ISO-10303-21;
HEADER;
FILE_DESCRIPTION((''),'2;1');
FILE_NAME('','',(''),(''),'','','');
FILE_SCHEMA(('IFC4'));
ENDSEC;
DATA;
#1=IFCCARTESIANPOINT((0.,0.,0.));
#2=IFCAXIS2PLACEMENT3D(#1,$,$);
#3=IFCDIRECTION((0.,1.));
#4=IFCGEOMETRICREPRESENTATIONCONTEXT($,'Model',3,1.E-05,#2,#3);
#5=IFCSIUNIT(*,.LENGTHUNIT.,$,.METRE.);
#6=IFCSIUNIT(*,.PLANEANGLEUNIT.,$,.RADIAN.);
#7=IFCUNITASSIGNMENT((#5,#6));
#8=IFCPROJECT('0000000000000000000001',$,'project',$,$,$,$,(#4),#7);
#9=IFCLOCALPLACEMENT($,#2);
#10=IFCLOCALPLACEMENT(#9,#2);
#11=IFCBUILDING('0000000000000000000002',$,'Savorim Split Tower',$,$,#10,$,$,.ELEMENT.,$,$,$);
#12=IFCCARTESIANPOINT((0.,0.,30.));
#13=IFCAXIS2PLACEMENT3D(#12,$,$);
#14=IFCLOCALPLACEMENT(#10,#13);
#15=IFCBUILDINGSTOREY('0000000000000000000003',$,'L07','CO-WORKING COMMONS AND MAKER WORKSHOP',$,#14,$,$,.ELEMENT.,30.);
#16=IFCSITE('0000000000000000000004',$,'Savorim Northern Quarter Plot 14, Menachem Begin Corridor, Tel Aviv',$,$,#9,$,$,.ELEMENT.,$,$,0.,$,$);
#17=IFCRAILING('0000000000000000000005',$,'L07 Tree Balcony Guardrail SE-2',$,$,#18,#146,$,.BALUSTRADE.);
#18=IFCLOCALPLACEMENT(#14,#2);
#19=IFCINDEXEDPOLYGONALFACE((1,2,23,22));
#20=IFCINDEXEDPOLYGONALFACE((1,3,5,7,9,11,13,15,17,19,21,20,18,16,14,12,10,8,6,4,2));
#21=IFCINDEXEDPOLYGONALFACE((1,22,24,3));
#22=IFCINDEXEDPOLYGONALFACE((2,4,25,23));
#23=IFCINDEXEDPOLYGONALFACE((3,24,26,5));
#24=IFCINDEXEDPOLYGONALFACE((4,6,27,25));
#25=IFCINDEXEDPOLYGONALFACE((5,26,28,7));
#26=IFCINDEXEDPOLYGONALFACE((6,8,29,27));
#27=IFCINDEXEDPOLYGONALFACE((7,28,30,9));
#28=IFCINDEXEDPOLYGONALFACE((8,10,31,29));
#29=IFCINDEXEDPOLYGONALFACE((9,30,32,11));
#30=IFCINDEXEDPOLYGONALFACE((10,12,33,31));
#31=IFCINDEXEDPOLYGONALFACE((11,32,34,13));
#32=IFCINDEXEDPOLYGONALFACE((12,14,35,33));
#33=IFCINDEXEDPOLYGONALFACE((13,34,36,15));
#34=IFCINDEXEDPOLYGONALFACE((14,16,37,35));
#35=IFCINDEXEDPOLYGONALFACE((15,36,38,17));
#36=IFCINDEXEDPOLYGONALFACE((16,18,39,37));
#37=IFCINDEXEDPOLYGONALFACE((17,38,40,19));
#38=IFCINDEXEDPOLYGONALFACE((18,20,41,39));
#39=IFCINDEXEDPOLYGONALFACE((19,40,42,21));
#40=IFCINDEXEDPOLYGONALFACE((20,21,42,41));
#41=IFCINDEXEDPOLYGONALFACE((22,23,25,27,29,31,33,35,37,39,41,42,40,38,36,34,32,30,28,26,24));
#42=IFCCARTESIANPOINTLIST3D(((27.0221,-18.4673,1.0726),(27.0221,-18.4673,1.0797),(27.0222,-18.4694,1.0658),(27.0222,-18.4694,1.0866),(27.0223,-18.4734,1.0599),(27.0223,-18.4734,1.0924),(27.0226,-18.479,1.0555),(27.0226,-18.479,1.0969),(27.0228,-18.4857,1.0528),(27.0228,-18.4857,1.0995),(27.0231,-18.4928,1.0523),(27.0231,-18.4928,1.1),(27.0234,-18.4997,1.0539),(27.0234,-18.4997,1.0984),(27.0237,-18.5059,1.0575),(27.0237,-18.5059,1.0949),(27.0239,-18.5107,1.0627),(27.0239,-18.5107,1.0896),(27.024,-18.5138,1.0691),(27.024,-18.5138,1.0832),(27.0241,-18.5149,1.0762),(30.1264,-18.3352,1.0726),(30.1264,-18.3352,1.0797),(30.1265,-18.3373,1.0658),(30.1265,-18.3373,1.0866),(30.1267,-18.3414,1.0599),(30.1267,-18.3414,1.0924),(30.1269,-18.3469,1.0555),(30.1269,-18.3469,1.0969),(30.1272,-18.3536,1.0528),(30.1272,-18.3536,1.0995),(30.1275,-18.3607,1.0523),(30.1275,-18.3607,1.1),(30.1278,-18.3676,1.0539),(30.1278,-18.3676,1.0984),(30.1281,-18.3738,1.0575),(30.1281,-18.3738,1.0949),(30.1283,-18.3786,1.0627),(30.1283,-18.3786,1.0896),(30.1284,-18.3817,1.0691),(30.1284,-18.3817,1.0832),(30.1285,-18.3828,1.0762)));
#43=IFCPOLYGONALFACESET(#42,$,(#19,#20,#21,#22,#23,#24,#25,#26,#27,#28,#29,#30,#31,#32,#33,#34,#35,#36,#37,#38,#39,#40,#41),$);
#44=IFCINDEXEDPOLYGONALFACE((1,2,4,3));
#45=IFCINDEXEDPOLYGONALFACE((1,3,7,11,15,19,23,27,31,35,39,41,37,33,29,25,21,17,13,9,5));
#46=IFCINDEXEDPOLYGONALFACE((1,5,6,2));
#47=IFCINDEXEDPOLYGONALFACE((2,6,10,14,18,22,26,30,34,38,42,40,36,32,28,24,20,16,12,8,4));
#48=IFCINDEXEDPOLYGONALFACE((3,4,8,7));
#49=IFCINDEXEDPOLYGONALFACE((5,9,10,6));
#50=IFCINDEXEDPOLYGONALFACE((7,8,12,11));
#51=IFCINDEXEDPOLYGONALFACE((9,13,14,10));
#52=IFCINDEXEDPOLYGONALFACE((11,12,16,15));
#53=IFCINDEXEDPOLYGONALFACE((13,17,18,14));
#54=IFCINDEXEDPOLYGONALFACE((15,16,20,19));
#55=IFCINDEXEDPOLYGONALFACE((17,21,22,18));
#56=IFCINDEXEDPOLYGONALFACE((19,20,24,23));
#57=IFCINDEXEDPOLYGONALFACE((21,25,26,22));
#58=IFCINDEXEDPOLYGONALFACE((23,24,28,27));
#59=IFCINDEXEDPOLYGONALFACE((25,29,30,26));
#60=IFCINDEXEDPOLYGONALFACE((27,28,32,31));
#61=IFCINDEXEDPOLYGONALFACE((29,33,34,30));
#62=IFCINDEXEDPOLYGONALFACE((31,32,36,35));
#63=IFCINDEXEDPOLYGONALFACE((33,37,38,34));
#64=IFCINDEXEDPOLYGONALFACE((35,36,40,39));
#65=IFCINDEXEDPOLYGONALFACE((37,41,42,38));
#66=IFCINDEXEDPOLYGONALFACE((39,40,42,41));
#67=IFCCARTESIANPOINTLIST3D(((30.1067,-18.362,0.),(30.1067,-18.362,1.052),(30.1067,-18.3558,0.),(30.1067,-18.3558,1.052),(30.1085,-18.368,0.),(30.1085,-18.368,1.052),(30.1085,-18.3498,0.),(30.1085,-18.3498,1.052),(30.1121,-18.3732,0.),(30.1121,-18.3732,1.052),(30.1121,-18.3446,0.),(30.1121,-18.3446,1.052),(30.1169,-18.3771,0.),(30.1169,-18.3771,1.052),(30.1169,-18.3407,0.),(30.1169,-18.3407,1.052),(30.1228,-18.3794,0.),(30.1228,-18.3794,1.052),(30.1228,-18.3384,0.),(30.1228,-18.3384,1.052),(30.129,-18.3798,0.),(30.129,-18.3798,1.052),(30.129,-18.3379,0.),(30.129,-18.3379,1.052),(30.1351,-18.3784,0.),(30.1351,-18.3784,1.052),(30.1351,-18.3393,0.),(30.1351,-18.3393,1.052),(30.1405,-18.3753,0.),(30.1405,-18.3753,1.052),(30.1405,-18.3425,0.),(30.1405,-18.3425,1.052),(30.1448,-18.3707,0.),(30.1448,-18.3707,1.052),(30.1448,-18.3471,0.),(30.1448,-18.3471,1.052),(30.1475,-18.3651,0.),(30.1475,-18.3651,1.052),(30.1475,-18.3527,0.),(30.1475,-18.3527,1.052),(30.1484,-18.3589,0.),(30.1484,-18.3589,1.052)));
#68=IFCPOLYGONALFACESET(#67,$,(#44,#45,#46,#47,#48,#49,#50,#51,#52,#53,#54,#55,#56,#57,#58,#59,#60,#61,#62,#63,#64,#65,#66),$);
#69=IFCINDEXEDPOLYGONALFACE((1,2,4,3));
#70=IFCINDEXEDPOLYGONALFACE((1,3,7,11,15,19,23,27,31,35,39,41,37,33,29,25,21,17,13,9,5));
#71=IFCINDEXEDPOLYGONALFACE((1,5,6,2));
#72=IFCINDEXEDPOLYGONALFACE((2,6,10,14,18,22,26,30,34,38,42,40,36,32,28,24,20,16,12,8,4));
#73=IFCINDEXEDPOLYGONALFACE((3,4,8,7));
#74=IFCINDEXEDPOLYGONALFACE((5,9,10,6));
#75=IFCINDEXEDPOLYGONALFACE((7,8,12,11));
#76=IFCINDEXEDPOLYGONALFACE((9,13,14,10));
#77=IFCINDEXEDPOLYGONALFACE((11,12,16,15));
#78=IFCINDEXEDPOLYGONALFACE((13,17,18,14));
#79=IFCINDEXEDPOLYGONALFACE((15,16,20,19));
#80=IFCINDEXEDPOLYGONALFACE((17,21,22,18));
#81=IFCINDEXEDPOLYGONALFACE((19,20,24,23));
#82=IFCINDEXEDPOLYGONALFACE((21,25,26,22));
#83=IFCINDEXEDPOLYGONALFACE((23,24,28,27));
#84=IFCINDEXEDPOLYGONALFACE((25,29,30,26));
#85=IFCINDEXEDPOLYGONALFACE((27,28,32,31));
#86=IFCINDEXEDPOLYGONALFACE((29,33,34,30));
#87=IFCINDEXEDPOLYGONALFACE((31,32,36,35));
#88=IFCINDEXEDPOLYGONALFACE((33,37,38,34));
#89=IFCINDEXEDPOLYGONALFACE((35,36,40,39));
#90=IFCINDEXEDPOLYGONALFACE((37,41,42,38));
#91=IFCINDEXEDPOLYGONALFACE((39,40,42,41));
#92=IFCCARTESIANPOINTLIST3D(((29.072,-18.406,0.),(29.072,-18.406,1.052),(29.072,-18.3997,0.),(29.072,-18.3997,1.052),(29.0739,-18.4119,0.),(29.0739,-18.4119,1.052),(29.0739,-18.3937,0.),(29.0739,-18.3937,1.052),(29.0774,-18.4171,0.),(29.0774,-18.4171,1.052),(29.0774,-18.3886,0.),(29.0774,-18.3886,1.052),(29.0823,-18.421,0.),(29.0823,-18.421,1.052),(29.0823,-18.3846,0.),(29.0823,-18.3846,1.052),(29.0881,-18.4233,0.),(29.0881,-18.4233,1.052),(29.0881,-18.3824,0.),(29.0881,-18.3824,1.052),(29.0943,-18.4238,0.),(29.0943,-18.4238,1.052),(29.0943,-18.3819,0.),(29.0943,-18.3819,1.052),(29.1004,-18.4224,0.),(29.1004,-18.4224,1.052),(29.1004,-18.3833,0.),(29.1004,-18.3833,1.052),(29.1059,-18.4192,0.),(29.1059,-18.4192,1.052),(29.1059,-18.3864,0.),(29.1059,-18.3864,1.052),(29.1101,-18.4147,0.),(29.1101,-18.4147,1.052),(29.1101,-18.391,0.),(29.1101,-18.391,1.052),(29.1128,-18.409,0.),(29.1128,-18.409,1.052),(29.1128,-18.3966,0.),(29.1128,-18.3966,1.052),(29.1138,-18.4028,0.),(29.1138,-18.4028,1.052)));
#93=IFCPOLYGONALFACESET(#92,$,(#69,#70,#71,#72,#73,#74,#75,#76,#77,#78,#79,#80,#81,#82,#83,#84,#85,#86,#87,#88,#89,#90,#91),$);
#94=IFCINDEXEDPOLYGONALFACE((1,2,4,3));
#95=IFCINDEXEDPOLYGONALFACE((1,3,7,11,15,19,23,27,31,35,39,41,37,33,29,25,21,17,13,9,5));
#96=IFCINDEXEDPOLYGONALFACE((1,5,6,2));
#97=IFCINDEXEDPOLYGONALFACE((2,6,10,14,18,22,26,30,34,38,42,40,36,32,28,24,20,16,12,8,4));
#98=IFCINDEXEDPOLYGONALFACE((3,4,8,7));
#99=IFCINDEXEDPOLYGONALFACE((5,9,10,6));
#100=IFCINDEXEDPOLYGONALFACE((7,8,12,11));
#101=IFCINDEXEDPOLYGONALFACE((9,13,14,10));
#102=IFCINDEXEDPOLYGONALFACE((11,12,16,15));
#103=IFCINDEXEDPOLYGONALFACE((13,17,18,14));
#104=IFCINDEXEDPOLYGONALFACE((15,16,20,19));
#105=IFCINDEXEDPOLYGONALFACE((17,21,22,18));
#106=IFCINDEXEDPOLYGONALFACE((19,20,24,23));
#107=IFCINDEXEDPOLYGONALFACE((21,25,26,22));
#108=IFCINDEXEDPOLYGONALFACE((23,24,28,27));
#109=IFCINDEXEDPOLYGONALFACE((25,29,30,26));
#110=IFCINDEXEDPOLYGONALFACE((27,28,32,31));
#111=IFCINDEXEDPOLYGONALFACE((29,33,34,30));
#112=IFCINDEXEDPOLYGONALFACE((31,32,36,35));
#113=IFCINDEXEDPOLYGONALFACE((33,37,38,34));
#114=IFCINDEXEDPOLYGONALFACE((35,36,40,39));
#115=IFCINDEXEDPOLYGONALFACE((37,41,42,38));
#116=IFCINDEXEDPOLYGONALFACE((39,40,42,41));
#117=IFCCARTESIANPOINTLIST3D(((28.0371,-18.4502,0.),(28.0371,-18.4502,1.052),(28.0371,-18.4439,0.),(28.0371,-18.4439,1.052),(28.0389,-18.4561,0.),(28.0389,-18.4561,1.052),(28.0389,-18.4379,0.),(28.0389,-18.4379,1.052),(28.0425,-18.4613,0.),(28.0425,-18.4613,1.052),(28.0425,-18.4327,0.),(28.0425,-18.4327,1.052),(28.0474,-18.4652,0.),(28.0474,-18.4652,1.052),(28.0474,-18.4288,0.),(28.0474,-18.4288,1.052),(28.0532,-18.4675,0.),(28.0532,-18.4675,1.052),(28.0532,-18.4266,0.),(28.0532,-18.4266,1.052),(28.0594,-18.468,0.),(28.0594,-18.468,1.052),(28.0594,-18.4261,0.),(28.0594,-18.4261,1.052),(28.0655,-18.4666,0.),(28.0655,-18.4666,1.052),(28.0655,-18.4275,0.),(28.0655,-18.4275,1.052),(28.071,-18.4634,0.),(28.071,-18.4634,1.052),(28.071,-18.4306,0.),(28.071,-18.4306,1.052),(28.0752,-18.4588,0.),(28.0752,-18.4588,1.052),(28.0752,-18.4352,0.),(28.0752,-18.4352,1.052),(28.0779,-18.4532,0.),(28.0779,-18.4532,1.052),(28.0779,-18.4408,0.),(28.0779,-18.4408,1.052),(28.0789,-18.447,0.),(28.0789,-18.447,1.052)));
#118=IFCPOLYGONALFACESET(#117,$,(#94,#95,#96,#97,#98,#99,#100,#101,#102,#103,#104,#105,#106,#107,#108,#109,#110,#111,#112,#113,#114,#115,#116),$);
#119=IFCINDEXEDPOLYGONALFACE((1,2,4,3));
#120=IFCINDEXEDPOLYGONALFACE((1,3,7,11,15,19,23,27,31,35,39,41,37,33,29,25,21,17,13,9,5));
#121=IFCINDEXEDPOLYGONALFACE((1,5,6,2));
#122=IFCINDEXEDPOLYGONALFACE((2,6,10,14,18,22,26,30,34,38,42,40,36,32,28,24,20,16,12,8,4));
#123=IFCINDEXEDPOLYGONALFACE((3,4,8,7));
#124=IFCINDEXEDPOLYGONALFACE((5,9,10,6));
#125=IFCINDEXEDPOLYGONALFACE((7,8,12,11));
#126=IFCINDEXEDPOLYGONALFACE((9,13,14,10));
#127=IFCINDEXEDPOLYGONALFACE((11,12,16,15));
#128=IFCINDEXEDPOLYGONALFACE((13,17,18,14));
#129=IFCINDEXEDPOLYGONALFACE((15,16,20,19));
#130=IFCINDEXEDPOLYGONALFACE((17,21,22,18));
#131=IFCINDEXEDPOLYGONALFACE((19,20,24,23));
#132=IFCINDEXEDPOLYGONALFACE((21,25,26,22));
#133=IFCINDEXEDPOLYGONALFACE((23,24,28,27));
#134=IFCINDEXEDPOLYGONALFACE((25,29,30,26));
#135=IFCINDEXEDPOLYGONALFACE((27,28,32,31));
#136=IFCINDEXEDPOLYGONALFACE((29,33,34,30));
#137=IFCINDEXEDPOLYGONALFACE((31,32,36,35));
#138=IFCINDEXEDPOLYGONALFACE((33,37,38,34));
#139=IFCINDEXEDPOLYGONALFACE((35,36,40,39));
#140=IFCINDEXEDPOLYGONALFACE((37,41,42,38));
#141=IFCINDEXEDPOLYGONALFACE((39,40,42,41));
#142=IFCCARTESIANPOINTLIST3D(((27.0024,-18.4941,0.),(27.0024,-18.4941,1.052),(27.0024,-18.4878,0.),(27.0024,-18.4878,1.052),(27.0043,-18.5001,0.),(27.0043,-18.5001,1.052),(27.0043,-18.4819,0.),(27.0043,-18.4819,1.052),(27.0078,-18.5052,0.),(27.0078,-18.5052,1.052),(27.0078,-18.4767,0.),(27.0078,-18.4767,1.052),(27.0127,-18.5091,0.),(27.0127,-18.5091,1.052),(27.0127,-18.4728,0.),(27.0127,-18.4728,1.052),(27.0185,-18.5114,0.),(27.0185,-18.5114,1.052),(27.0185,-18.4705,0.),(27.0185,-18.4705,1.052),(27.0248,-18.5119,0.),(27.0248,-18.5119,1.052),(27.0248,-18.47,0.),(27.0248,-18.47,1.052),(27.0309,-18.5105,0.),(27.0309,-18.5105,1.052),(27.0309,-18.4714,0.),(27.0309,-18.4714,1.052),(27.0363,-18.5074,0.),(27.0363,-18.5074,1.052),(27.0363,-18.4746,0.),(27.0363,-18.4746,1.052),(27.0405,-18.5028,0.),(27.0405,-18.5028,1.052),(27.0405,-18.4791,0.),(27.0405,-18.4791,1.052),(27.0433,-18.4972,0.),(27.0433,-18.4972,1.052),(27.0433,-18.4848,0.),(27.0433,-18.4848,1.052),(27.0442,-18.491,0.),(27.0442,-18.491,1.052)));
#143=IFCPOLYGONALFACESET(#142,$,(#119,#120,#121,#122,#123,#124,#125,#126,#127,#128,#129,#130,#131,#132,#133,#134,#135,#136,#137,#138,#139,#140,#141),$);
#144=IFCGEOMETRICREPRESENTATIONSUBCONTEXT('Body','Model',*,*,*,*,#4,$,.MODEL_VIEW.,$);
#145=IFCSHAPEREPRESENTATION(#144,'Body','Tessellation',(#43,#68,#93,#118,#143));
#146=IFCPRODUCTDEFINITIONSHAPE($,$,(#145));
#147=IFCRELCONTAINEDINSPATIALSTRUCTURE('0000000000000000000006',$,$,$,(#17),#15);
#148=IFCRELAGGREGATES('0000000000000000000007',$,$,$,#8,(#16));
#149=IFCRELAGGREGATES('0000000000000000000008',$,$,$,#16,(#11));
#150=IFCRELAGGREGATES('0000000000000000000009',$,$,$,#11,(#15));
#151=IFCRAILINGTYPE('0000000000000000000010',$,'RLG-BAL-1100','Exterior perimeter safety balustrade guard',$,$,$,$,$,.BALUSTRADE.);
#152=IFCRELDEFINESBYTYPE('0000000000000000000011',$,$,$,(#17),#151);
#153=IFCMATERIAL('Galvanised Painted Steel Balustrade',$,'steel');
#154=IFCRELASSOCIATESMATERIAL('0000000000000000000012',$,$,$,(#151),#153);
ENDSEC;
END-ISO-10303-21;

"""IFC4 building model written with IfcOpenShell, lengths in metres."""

from ifc_helpers import new_model, si_unit, direction, frame, origin, origin_2d, place, context, subcontext, project, spatial, circle, extrude, material, type_object, element, save


model = new_model("IFC4")

# Units and contexts
model_context = context("Model", 3, precision=1e-05, world=origin(), true_north=direction((0.0, 1.0)))
body_context = subcontext(model_context, "Body", "Model", "MODEL_VIEW")
ifc_project = project(units=[si_unit("LENGTHUNIT", "METRE"), si_unit("PLANEANGLEUNIT", "RADIAN")], contexts=[model_context])

# Site, building, storey
site_placement = place(None, origin())
site = spatial("IfcSite", under=ifc_project, at=site_placement, Name="Savorim Northern Quarter Plot 14, Menachem Begin Corridor, Tel Aviv", CompositionType="ELEMENT", RefElevation=0.0)
building_placement = place(site_placement, origin())
building = spatial("IfcBuilding", under=site, at=building_placement, Name="Savorim Split Tower", CompositionType="ELEMENT")
storey_placement = place(building_placement, frame((0.0, 0.0, 30.0)))
storey = spatial("IfcBuildingStorey", under=building, at=storey_placement, Name="L07", Description="CO-WORKING COMMONS AND MAKER WORKSHOP", CompositionType="ELEMENT", Elevation=30.0)

# Railing
ifc_material_1 = material(Name="Galvanised Painted Steel Balustrade", Category="steel")
railing_type = type_object("IfcRailingType", Name="RLG-BAL-1100", Description="Exterior perimeter safety balustrade guard", PredefinedType="BALUSTRADE", material=ifc_material_1)
railing_1_placement = place(storey_placement, frame((30.1274, -18.3589, 0.0)))
element("IfcRailing", 1, at=railing_1_placement, inside=storey, type_object=railing_type, Name="L07 Tree Balcony Guardrail SE-2", PredefinedType="BALUSTRADE", context=body_context, shape_type="SweptSolid", body=[
    extrude(circle(Radius=0.0239, at=origin_2d()), frame((0.0, 0.0, 1.0762), z_axis=(-0.999096, -0.04251, 0.0), x_axis=(0.04251, -0.999096, 0.0)), (0.0, 0.0, 1.0), 3.1072),
    extrude(circle(Radius=0.021, at=origin_2d()), origin(), (0.0, 0.0, 1.0), 1.052),
    extrude(circle(Radius=0.021, at=origin_2d()), frame((-1.0347, -0.0439, 0.0)), (0.0, 0.0, 1.0), 1.052),
    extrude(circle(Radius=0.021, at=origin_2d()), frame((-2.0696, -0.0881, 0.0)), (0.0, 0.0, 1.0), 1.052),
    extrude(circle(Radius=0.021, at=origin_2d()), frame((-3.1042, -0.1321, 0.0)), (0.0, 0.0, 1.0), 1.052),
])

save(model, "model.ifc")
